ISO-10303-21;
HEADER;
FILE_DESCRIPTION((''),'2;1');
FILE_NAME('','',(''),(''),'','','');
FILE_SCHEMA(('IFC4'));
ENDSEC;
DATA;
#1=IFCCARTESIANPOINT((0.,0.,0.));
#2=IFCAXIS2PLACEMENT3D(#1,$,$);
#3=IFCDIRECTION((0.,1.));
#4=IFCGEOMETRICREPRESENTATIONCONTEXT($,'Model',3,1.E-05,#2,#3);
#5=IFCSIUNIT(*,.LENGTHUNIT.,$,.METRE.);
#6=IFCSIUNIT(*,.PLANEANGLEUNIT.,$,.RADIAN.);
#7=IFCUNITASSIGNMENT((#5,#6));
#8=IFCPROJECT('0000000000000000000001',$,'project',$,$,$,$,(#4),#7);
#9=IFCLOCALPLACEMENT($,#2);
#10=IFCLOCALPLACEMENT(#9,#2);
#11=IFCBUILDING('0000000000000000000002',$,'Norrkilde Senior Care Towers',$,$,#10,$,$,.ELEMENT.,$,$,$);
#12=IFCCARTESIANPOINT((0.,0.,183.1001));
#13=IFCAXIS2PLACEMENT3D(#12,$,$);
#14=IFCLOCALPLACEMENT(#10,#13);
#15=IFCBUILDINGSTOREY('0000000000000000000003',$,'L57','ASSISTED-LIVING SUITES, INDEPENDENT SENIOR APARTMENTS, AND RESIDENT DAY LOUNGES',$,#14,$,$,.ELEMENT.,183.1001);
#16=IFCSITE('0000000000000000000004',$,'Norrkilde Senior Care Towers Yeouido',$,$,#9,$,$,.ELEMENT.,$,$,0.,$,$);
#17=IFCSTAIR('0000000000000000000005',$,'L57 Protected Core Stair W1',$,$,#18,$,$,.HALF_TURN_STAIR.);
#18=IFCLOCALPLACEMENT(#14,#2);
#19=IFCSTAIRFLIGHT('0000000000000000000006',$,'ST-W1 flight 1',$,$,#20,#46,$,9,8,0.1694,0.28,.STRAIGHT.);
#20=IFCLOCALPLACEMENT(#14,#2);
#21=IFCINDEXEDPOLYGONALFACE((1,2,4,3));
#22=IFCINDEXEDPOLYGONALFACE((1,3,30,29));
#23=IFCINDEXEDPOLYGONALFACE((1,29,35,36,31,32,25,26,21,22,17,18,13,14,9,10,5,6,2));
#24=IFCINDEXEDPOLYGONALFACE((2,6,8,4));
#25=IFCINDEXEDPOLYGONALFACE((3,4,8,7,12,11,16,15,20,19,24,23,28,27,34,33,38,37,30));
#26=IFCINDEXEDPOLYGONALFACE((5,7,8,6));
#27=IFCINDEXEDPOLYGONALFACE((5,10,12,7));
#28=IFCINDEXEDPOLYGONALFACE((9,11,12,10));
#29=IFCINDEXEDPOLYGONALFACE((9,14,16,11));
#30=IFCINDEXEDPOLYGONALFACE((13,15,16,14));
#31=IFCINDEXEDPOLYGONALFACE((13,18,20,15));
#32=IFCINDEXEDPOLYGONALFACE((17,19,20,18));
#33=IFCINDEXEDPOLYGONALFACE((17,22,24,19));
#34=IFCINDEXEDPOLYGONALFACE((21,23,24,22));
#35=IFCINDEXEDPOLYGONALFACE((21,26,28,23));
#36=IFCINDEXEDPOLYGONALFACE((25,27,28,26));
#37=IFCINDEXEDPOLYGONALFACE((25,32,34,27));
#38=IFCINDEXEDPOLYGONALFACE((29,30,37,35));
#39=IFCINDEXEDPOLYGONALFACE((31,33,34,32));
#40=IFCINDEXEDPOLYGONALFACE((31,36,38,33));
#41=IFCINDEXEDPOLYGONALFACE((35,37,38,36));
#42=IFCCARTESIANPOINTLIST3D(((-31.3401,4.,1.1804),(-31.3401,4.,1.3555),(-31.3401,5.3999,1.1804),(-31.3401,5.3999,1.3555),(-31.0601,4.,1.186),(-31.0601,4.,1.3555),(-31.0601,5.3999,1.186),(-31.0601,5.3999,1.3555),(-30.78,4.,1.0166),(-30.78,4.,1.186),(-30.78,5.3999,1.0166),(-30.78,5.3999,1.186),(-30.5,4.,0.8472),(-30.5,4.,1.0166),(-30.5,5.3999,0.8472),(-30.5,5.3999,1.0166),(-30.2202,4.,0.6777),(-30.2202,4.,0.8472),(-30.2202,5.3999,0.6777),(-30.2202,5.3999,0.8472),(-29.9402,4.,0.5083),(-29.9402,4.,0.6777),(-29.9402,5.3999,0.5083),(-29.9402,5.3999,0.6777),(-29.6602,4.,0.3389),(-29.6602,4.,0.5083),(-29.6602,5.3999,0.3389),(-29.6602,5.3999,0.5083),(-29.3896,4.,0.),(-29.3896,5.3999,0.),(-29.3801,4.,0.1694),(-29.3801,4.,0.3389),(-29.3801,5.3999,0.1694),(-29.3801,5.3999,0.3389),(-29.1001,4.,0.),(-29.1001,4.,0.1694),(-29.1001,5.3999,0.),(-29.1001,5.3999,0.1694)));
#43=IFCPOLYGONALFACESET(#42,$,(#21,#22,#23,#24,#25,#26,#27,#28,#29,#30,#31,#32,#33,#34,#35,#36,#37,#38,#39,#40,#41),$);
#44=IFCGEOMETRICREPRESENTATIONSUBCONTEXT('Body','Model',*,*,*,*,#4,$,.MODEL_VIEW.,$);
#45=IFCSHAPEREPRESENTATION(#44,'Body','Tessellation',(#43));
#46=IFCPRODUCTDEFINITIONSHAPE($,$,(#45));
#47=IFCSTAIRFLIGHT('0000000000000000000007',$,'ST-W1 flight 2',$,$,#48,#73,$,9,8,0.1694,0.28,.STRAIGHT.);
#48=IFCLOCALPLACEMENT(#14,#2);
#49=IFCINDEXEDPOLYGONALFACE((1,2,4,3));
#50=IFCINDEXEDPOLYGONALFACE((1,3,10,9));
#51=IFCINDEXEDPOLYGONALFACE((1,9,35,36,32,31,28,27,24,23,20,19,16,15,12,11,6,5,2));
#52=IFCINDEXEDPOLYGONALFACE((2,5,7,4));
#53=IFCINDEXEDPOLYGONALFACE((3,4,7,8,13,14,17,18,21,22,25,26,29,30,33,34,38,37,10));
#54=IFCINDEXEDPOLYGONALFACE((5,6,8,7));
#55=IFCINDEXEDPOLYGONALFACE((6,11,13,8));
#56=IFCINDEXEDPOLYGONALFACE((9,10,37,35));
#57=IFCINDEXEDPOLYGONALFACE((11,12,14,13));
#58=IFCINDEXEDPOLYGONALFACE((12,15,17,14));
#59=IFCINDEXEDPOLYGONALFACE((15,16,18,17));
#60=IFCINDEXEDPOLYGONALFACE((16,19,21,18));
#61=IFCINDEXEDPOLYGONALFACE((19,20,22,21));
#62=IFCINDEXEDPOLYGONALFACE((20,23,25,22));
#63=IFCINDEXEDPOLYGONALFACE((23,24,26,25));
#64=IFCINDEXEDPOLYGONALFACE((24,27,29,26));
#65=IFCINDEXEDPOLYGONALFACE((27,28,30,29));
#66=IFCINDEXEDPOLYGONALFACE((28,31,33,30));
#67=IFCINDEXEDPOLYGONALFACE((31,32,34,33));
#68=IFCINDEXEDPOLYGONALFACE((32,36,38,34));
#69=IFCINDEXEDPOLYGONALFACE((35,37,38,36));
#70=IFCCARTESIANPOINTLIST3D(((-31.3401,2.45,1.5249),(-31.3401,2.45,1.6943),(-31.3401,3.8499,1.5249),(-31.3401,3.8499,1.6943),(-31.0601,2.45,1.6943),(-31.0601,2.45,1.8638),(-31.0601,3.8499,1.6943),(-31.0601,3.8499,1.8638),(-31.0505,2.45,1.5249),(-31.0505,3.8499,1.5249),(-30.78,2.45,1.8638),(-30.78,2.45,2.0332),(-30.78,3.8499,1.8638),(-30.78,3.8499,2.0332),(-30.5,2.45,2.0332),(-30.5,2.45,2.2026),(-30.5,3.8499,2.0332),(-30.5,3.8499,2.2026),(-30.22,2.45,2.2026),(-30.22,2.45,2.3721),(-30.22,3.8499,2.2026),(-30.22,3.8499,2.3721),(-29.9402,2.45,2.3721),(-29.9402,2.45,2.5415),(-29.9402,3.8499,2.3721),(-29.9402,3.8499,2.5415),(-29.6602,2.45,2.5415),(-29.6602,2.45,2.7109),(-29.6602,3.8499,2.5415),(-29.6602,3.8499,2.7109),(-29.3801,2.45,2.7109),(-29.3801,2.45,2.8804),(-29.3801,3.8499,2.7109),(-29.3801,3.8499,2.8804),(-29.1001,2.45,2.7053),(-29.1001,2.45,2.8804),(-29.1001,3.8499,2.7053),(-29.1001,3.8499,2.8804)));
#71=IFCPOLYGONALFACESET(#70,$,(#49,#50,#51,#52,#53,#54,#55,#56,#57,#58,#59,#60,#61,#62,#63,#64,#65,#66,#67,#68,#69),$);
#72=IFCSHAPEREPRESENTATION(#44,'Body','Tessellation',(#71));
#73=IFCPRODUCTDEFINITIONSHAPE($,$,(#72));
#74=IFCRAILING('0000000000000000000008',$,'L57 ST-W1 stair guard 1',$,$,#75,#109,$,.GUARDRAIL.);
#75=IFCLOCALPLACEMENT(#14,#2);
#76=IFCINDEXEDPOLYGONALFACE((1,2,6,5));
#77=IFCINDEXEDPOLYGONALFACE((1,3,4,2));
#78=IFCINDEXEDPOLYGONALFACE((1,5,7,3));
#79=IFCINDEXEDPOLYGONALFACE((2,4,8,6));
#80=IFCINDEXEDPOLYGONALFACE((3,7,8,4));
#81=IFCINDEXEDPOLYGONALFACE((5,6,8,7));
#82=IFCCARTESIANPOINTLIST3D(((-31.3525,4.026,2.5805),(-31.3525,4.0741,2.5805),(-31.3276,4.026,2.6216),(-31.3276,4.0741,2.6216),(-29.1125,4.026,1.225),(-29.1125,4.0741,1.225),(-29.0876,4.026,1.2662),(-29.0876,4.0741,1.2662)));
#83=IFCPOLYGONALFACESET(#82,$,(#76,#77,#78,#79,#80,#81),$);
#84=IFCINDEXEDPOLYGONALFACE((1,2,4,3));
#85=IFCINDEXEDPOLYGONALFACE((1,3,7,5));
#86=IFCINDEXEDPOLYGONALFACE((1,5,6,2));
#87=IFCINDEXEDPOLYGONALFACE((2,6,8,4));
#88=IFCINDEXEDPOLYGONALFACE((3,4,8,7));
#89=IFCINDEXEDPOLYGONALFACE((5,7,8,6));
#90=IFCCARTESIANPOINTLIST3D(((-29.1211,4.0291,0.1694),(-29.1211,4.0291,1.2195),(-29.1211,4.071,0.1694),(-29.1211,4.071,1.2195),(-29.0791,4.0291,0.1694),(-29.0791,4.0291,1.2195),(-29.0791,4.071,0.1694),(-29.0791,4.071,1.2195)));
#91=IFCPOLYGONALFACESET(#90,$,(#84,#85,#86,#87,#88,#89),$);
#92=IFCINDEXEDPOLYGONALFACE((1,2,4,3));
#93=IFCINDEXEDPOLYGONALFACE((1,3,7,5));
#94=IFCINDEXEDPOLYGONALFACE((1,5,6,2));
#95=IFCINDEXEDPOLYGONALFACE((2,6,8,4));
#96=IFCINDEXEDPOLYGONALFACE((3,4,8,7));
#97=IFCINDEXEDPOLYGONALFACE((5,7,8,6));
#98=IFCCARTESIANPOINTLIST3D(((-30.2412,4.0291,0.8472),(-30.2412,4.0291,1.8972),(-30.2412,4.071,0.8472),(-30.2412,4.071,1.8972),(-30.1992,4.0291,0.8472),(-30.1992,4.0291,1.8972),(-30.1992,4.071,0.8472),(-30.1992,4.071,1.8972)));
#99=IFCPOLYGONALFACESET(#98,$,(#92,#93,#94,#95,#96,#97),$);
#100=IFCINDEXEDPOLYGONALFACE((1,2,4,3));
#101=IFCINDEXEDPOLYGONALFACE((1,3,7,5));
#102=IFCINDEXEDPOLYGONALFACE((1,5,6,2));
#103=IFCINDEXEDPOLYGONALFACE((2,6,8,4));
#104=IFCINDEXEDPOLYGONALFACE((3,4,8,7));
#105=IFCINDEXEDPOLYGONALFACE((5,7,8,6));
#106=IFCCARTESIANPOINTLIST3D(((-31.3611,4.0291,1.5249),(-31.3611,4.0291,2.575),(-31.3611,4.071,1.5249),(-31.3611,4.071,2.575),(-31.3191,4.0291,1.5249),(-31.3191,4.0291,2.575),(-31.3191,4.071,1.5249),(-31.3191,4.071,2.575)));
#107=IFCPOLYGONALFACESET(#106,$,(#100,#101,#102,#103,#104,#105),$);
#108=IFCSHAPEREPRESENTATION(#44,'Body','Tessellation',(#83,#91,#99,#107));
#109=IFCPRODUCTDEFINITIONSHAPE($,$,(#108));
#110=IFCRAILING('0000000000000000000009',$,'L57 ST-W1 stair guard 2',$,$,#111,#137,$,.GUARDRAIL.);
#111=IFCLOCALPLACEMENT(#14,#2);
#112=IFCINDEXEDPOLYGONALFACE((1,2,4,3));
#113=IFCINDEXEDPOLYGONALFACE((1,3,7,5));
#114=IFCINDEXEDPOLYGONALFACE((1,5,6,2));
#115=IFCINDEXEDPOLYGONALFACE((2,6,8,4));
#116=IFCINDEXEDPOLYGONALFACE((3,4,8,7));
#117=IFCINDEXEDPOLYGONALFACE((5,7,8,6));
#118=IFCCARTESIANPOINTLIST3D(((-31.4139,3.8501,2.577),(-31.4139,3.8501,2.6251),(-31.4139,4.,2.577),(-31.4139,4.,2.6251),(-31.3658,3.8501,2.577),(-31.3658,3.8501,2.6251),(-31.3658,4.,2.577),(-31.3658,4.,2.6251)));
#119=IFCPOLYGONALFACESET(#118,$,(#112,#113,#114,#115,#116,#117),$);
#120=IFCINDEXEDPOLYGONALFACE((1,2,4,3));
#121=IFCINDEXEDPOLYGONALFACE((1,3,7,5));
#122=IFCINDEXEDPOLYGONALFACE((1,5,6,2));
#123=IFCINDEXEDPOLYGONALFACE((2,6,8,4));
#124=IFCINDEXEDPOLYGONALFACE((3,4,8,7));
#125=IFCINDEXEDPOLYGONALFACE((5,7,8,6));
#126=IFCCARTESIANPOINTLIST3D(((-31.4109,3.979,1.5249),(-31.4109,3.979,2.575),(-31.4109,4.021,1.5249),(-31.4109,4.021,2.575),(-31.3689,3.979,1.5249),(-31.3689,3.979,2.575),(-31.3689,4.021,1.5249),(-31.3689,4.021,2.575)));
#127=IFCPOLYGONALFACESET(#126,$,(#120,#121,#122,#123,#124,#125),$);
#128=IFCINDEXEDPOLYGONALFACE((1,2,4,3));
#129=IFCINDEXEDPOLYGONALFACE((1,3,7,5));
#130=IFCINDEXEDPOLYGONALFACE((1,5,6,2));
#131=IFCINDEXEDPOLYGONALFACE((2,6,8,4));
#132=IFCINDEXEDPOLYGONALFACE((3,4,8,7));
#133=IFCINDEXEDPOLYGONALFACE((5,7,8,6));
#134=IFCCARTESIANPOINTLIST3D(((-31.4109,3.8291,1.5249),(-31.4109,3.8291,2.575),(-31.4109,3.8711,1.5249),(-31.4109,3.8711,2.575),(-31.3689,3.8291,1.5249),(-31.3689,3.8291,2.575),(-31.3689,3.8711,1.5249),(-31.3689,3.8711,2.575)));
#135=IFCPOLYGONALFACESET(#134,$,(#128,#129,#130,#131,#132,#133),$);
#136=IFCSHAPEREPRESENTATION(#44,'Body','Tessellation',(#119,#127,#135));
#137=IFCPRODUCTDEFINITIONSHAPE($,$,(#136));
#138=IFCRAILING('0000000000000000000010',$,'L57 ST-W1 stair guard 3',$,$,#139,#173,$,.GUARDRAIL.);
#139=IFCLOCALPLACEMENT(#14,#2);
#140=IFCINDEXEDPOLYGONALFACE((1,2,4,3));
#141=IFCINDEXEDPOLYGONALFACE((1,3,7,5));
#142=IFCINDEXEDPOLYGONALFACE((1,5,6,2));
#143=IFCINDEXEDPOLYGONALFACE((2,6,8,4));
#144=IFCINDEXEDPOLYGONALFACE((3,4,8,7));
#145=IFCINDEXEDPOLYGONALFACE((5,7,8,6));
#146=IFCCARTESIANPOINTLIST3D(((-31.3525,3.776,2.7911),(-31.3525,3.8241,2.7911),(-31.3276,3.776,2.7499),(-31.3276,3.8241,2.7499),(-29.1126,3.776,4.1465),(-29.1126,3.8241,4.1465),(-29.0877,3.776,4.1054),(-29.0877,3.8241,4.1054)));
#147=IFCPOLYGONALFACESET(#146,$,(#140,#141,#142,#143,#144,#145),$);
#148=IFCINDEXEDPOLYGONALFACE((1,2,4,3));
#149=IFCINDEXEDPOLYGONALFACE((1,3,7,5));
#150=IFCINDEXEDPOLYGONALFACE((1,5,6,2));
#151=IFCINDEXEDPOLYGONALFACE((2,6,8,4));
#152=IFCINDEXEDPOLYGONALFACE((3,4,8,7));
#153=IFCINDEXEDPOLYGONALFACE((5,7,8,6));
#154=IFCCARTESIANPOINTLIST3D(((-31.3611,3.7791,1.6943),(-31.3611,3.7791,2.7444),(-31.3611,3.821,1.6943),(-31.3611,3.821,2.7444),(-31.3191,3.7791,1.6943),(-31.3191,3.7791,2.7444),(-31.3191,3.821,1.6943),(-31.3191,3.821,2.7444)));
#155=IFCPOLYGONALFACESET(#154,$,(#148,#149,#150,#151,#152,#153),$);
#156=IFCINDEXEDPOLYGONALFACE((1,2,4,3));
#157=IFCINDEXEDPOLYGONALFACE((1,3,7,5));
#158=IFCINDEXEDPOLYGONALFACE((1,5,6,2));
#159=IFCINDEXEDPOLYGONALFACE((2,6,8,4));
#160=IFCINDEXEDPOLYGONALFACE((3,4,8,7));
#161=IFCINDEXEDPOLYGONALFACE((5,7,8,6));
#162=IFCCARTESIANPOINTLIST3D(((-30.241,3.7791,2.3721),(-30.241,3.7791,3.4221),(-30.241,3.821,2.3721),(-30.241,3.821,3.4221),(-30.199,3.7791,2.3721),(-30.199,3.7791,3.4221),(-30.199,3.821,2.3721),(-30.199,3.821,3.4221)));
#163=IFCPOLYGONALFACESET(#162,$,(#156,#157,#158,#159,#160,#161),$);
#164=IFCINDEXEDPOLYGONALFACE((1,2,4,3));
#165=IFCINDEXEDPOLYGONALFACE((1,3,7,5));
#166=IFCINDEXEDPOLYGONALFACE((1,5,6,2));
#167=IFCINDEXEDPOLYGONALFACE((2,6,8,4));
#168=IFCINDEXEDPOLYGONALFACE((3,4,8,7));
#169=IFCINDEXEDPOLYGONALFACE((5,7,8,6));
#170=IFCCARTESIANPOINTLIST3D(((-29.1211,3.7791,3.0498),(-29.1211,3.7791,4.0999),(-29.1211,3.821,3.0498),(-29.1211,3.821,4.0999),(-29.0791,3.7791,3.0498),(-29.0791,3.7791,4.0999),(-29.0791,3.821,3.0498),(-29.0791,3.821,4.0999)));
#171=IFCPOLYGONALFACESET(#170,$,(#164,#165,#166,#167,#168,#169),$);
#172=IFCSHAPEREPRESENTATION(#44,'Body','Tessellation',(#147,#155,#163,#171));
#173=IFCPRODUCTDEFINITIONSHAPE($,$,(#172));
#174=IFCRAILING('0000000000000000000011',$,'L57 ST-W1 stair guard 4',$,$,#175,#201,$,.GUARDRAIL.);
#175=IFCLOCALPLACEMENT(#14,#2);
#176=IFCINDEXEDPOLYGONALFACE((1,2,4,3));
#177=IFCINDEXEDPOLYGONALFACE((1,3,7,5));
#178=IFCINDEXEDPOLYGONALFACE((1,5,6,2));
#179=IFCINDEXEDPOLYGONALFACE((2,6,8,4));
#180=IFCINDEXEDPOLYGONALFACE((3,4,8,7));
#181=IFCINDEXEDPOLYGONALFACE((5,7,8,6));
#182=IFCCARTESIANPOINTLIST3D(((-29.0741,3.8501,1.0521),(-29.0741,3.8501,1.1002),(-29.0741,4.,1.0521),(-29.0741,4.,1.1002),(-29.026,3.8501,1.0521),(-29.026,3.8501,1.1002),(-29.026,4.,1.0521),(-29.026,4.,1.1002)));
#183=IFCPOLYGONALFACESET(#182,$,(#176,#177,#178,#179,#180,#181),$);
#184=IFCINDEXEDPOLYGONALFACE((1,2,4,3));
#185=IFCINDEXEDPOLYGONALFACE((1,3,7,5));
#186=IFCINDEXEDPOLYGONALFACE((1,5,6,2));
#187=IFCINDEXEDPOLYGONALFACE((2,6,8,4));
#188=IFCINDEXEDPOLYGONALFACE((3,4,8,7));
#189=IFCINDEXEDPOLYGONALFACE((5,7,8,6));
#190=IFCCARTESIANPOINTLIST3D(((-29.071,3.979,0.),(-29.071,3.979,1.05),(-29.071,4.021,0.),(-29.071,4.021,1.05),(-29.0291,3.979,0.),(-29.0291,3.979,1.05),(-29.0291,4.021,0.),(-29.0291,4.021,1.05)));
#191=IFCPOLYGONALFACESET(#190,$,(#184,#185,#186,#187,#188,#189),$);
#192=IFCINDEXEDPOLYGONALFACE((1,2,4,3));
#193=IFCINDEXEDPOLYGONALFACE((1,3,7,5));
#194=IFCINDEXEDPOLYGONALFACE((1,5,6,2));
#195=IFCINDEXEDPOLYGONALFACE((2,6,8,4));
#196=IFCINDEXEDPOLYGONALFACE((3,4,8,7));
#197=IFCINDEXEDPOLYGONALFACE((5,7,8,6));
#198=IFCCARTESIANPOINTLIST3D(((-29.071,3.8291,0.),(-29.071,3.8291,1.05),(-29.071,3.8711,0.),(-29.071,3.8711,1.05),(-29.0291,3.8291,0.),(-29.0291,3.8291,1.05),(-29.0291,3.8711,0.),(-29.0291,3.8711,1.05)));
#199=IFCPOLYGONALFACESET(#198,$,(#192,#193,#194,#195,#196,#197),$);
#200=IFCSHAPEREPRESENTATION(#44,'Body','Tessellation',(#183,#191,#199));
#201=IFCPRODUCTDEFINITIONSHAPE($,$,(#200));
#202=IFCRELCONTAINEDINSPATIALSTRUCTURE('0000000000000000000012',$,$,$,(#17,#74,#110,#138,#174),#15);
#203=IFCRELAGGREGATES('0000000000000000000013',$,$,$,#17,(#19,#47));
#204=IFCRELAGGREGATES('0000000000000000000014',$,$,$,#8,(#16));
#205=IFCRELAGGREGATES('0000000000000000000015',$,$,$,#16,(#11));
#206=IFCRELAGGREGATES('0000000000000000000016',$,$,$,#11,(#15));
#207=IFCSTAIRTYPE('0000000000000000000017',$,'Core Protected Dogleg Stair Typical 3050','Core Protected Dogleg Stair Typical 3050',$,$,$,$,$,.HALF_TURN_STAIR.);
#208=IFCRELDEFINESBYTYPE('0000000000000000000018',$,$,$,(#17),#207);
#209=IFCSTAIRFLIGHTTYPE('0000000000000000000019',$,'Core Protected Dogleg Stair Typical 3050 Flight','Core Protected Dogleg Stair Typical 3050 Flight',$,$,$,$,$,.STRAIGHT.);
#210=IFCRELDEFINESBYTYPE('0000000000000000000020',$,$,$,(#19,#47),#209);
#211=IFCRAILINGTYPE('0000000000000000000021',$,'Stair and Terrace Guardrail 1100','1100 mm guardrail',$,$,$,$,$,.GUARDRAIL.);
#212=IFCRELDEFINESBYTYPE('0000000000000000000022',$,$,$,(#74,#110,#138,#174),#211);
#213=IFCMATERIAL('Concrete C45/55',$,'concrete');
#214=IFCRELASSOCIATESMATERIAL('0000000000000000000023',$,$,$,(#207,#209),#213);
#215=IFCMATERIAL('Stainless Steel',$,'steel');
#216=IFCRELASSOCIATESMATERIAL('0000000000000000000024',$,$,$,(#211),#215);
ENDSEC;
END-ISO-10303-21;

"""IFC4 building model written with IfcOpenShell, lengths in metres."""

from ifc_helpers import new_model, si_unit, direction, frame, origin, origin_2d, place, context, subcontext, project, spatial, polyline, rectangle, outline, extrude, material, type_object, element, aggregate, save


model = new_model("IFC4")

# Units and contexts
model_context = context("Model", 3, precision=1e-05, world=origin(), true_north=direction((0.0, 1.0)))
body_context = subcontext(model_context, "Body", "Model", "MODEL_VIEW")
ifc_project = project(units=[si_unit("LENGTHUNIT", "METRE"), si_unit("PLANEANGLEUNIT", "RADIAN")], contexts=[model_context])

# Site, building, storey
site_placement = place(None, origin())
site = spatial("IfcSite", under=ifc_project, at=site_placement, Name="Norrkilde Senior Care Towers Yeouido", CompositionType="ELEMENT", RefElevation=0.0)
building_placement = place(site_placement, origin())
building = spatial("IfcBuilding", under=site, at=building_placement, Name="Norrkilde Senior Care Towers", CompositionType="ELEMENT")
storey_placement = place(building_placement, frame((0.0, 0.0, 183.1001)))
storey = spatial("IfcBuildingStorey", under=building, at=storey_placement, Name="L57", Description="ASSISTED-LIVING SUITES, INDEPENDENT SENIOR APARTMENTS, AND RESIDENT DAY LOUNGES", CompositionType="ELEMENT", Elevation=183.1001)

# Shared definitions
ifc_material_1 = material(Name="Concrete C45/55", Category="concrete")

# Stair, stair flights
stair_type = type_object("IfcStairType", Name="Core Protected Dogleg Stair Typical 3050", Description="Core Protected Dogleg Stair Typical 3050", PredefinedType="HALF_TURN_STAIR", material=ifc_material_1)
stair_placement = place(storey_placement, origin())
stair = element("IfcStair", 1, at=stair_placement, inside=storey, type_object=stair_type, Name="L57 Protected Core Stair W1", PredefinedType="HALF_TURN_STAIR")
stair_flight_type = type_object("IfcStairFlightType", Name="Core Protected Dogleg Stair Typical 3050 Flight", Description="Core Protected Dogleg Stair Typical 3050 Flight", PredefinedType="STRAIGHT", material=ifc_material_1)
stair_flight_1_placement = place(storey_placement, frame((-29.1001, 4.7, 0.0), z_axis=(0.0, 0.0, 1.0), x_axis=(-1.0, 0.0, 0.0)))
stair_flight_1 = element("IfcStairFlight", 2, at=stair_flight_1_placement, type_object=stair_flight_type, Name="ST-W1 flight 1", NumberOfRisers=9, NumberOfTreads=8, PredefinedType="STRAIGHT", RiserHeight=0.1694, TreadLength=0.28, context=body_context, shape_type="SweptSolid", body=[
    extrude(outline(polyline([(0.0, 0.0), (0.0, 0.1694), (0.28, 0.1694), (0.28, 0.3389), (0.5601, 0.3389), (0.5601, 0.5083), (0.8401, 0.5083), (0.8401, 0.6777), (1.1201, 0.6777), (1.1201, 0.8472), (1.3999, 0.8472), (1.3999, 1.0166), (1.6799, 1.0166), (1.6799, 1.186), (1.96, 1.186), (1.96, 1.3555), (2.24, 1.3555), (2.24, 1.5249), (2.24, 1.1804), (0.2896, 0.0), (0.0, 0.0)])), frame((0.0, 0.7, 0.0), z_axis=(0.0, -1.0, 0.0), x_axis=(1.0, 0.0, 0.0)), (0.0, 0.0, 1.0), 1.3999),
])
stair_flight_2_placement = place(storey_placement, frame((-31.3401, 3.1499, 1.5249), z_axis=(0.0, 0.0, 1.0), x_axis=(1.0, 0.0, 0.0)))
stair_flight_2 = element("IfcStairFlight", 3, at=stair_flight_2_placement, type_object=stair_flight_type, Name="ST-W1 flight 2", NumberOfRisers=9, NumberOfTreads=8, PredefinedType="STRAIGHT", RiserHeight=0.1694, TreadLength=0.28, context=body_context, shape_type="SweptSolid", body=[
    extrude(outline(polyline([(0.0, 0.0), (0.0, 0.1694), (0.28, 0.1694), (0.28, 0.3389), (0.5601, 0.3389), (0.5601, 0.5083), (0.8401, 0.5083), (0.8401, 0.6777), (1.1201, 0.6777), (1.1201, 0.8472), (1.3999, 0.8472), (1.3999, 1.0166), (1.6799, 1.0166), (1.6799, 1.186), (1.96, 1.186), (1.96, 1.3555), (2.24, 1.3555), (2.24, 1.5249), (2.24, 1.1804), (0.2896, 0.0), (0.0, 0.0)])), frame((0.0, 0.7, 0.0), z_axis=(0.0, -1.0, 0.0), x_axis=(1.0, 0.0, 0.0)), (0.0, 0.0, 1.0), 1.3999),
])
aggregate(stair, [stair_flight_1, stair_flight_2])

# Railings
ifc_material_2 = material(Name="Stainless Steel", Category="steel")
railing_type_1 = type_object("IfcRailingType", Name="Stair and Terrace Guardrail 1100", Description="1100 mm guardrail", PredefinedType="GUARDRAIL", material=ifc_material_2)
railing_1_placement = place(storey_placement, frame((-29.1001, 4.05, 0.1694)))
element("IfcRailing", 4, at=railing_1_placement, inside=storey, type_object=railing_type_1, Name="L57 ST-W1 stair guard 1", PredefinedType="GUARDRAIL", context=body_context, shape_type="SweptSolid", body=[
    extrude(rectangle(XDim=0.0481, YDim=0.0481, at=origin_2d()), frame((0.0, 0.0, 1.0762), z_axis=(-0.855553, 0.0, 0.517715), x_axis=(0.0, -1.0, 0.0)), (0.0, 0.0, 1.0), 2.6182),
    extrude(rectangle(XDim=0.042, YDim=0.042, at=origin_2d()), origin(), (0.0, 0.0, 1.0), 1.05),
    extrude(rectangle(XDim=0.042, YDim=0.042, at=origin_2d()), frame((-1.1201, 0.0, 0.6777)), (0.0, 0.0, 1.0), 1.05),
    extrude(rectangle(XDim=0.042, YDim=0.042, at=origin_2d()), frame((-2.24, 0.0, 1.3555)), (0.0, 0.0, 1.0), 1.05),
])
railing_2_placement = place(storey_placement, frame((-31.3899, 4.0, 1.5249)))
element("IfcRailing", 5, at=railing_2_placement, inside=storey, type_object=railing_type_1, Name="L57 ST-W1 stair guard 2", PredefinedType="GUARDRAIL", context=body_context, shape_type="SweptSolid", body=[
    extrude(rectangle(XDim=0.0481, YDim=0.0481, at=origin_2d()), frame((0.0, 0.0, 1.0762), z_axis=(0.0, -1.0, 0.0), x_axis=(1.0, 0.0, 0.0)), (0.0, 0.0, 1.0), 0.1499),
    extrude(rectangle(XDim=0.042, YDim=0.042, at=origin_2d()), origin(), (0.0, 0.0, 1.0), 1.05),
    extrude(rectangle(XDim=0.042, YDim=0.042, at=origin_2d()), frame((0.0, -0.1499, 0.0)), (0.0, 0.0, 1.0), 1.05),
])
railing_3_placement = place(storey_placement, frame((-31.3401, 3.8, 1.6943)))
element("IfcRailing", 6, at=railing_3_placement, inside=storey, type_object=railing_type_1, Name="L57 ST-W1 stair guard 3", PredefinedType="GUARDRAIL", context=body_context, shape_type="SweptSolid", body=[
    extrude(rectangle(XDim=0.0481, YDim=0.0481, at=origin_2d()), frame((0.0, 0.0, 1.0762), z_axis=(0.855553, 0.0, 0.517715), x_axis=(0.0, 1.0, 0.0)), (0.0, 0.0, 1.0), 2.6182),
    extrude(rectangle(XDim=0.042, YDim=0.042, at=origin_2d()), origin(), (0.0, 0.0, 1.0), 1.05),
    extrude(rectangle(XDim=0.042, YDim=0.042, at=origin_2d()), frame((1.1201, 0.0, 0.6777)), (0.0, 0.0, 1.0), 1.05),
    extrude(rectangle(XDim=0.042, YDim=0.042, at=origin_2d()), frame((2.24, 0.0, 1.3555)), (0.0, 0.0, 1.0), 1.05),
])
railing_4_placement = place(storey_placement, frame((-29.05, 4.0, 0.0)))
element("IfcRailing", 7, at=railing_4_placement, inside=storey, type_object=railing_type_1, Name="L57 ST-W1 stair guard 4", PredefinedType="GUARDRAIL", context=body_context, shape_type="SweptSolid", body=[
    extrude(rectangle(XDim=0.0481, YDim=0.0481, at=origin_2d()), frame((0.0, 0.0, 1.0762), z_axis=(0.0, -1.0, 0.0), x_axis=(1.0, 0.0, 0.0)), (0.0, 0.0, 1.0), 0.1499),
    extrude(rectangle(XDim=0.042, YDim=0.042, at=origin_2d()), origin(), (0.0, 0.0, 1.0), 1.05),
    extrude(rectangle(XDim=0.042, YDim=0.042, at=origin_2d()), frame((0.0, -0.1499, 0.0)), (0.0, 0.0, 1.0), 1.05),
])

save(model, "model.ifc")
